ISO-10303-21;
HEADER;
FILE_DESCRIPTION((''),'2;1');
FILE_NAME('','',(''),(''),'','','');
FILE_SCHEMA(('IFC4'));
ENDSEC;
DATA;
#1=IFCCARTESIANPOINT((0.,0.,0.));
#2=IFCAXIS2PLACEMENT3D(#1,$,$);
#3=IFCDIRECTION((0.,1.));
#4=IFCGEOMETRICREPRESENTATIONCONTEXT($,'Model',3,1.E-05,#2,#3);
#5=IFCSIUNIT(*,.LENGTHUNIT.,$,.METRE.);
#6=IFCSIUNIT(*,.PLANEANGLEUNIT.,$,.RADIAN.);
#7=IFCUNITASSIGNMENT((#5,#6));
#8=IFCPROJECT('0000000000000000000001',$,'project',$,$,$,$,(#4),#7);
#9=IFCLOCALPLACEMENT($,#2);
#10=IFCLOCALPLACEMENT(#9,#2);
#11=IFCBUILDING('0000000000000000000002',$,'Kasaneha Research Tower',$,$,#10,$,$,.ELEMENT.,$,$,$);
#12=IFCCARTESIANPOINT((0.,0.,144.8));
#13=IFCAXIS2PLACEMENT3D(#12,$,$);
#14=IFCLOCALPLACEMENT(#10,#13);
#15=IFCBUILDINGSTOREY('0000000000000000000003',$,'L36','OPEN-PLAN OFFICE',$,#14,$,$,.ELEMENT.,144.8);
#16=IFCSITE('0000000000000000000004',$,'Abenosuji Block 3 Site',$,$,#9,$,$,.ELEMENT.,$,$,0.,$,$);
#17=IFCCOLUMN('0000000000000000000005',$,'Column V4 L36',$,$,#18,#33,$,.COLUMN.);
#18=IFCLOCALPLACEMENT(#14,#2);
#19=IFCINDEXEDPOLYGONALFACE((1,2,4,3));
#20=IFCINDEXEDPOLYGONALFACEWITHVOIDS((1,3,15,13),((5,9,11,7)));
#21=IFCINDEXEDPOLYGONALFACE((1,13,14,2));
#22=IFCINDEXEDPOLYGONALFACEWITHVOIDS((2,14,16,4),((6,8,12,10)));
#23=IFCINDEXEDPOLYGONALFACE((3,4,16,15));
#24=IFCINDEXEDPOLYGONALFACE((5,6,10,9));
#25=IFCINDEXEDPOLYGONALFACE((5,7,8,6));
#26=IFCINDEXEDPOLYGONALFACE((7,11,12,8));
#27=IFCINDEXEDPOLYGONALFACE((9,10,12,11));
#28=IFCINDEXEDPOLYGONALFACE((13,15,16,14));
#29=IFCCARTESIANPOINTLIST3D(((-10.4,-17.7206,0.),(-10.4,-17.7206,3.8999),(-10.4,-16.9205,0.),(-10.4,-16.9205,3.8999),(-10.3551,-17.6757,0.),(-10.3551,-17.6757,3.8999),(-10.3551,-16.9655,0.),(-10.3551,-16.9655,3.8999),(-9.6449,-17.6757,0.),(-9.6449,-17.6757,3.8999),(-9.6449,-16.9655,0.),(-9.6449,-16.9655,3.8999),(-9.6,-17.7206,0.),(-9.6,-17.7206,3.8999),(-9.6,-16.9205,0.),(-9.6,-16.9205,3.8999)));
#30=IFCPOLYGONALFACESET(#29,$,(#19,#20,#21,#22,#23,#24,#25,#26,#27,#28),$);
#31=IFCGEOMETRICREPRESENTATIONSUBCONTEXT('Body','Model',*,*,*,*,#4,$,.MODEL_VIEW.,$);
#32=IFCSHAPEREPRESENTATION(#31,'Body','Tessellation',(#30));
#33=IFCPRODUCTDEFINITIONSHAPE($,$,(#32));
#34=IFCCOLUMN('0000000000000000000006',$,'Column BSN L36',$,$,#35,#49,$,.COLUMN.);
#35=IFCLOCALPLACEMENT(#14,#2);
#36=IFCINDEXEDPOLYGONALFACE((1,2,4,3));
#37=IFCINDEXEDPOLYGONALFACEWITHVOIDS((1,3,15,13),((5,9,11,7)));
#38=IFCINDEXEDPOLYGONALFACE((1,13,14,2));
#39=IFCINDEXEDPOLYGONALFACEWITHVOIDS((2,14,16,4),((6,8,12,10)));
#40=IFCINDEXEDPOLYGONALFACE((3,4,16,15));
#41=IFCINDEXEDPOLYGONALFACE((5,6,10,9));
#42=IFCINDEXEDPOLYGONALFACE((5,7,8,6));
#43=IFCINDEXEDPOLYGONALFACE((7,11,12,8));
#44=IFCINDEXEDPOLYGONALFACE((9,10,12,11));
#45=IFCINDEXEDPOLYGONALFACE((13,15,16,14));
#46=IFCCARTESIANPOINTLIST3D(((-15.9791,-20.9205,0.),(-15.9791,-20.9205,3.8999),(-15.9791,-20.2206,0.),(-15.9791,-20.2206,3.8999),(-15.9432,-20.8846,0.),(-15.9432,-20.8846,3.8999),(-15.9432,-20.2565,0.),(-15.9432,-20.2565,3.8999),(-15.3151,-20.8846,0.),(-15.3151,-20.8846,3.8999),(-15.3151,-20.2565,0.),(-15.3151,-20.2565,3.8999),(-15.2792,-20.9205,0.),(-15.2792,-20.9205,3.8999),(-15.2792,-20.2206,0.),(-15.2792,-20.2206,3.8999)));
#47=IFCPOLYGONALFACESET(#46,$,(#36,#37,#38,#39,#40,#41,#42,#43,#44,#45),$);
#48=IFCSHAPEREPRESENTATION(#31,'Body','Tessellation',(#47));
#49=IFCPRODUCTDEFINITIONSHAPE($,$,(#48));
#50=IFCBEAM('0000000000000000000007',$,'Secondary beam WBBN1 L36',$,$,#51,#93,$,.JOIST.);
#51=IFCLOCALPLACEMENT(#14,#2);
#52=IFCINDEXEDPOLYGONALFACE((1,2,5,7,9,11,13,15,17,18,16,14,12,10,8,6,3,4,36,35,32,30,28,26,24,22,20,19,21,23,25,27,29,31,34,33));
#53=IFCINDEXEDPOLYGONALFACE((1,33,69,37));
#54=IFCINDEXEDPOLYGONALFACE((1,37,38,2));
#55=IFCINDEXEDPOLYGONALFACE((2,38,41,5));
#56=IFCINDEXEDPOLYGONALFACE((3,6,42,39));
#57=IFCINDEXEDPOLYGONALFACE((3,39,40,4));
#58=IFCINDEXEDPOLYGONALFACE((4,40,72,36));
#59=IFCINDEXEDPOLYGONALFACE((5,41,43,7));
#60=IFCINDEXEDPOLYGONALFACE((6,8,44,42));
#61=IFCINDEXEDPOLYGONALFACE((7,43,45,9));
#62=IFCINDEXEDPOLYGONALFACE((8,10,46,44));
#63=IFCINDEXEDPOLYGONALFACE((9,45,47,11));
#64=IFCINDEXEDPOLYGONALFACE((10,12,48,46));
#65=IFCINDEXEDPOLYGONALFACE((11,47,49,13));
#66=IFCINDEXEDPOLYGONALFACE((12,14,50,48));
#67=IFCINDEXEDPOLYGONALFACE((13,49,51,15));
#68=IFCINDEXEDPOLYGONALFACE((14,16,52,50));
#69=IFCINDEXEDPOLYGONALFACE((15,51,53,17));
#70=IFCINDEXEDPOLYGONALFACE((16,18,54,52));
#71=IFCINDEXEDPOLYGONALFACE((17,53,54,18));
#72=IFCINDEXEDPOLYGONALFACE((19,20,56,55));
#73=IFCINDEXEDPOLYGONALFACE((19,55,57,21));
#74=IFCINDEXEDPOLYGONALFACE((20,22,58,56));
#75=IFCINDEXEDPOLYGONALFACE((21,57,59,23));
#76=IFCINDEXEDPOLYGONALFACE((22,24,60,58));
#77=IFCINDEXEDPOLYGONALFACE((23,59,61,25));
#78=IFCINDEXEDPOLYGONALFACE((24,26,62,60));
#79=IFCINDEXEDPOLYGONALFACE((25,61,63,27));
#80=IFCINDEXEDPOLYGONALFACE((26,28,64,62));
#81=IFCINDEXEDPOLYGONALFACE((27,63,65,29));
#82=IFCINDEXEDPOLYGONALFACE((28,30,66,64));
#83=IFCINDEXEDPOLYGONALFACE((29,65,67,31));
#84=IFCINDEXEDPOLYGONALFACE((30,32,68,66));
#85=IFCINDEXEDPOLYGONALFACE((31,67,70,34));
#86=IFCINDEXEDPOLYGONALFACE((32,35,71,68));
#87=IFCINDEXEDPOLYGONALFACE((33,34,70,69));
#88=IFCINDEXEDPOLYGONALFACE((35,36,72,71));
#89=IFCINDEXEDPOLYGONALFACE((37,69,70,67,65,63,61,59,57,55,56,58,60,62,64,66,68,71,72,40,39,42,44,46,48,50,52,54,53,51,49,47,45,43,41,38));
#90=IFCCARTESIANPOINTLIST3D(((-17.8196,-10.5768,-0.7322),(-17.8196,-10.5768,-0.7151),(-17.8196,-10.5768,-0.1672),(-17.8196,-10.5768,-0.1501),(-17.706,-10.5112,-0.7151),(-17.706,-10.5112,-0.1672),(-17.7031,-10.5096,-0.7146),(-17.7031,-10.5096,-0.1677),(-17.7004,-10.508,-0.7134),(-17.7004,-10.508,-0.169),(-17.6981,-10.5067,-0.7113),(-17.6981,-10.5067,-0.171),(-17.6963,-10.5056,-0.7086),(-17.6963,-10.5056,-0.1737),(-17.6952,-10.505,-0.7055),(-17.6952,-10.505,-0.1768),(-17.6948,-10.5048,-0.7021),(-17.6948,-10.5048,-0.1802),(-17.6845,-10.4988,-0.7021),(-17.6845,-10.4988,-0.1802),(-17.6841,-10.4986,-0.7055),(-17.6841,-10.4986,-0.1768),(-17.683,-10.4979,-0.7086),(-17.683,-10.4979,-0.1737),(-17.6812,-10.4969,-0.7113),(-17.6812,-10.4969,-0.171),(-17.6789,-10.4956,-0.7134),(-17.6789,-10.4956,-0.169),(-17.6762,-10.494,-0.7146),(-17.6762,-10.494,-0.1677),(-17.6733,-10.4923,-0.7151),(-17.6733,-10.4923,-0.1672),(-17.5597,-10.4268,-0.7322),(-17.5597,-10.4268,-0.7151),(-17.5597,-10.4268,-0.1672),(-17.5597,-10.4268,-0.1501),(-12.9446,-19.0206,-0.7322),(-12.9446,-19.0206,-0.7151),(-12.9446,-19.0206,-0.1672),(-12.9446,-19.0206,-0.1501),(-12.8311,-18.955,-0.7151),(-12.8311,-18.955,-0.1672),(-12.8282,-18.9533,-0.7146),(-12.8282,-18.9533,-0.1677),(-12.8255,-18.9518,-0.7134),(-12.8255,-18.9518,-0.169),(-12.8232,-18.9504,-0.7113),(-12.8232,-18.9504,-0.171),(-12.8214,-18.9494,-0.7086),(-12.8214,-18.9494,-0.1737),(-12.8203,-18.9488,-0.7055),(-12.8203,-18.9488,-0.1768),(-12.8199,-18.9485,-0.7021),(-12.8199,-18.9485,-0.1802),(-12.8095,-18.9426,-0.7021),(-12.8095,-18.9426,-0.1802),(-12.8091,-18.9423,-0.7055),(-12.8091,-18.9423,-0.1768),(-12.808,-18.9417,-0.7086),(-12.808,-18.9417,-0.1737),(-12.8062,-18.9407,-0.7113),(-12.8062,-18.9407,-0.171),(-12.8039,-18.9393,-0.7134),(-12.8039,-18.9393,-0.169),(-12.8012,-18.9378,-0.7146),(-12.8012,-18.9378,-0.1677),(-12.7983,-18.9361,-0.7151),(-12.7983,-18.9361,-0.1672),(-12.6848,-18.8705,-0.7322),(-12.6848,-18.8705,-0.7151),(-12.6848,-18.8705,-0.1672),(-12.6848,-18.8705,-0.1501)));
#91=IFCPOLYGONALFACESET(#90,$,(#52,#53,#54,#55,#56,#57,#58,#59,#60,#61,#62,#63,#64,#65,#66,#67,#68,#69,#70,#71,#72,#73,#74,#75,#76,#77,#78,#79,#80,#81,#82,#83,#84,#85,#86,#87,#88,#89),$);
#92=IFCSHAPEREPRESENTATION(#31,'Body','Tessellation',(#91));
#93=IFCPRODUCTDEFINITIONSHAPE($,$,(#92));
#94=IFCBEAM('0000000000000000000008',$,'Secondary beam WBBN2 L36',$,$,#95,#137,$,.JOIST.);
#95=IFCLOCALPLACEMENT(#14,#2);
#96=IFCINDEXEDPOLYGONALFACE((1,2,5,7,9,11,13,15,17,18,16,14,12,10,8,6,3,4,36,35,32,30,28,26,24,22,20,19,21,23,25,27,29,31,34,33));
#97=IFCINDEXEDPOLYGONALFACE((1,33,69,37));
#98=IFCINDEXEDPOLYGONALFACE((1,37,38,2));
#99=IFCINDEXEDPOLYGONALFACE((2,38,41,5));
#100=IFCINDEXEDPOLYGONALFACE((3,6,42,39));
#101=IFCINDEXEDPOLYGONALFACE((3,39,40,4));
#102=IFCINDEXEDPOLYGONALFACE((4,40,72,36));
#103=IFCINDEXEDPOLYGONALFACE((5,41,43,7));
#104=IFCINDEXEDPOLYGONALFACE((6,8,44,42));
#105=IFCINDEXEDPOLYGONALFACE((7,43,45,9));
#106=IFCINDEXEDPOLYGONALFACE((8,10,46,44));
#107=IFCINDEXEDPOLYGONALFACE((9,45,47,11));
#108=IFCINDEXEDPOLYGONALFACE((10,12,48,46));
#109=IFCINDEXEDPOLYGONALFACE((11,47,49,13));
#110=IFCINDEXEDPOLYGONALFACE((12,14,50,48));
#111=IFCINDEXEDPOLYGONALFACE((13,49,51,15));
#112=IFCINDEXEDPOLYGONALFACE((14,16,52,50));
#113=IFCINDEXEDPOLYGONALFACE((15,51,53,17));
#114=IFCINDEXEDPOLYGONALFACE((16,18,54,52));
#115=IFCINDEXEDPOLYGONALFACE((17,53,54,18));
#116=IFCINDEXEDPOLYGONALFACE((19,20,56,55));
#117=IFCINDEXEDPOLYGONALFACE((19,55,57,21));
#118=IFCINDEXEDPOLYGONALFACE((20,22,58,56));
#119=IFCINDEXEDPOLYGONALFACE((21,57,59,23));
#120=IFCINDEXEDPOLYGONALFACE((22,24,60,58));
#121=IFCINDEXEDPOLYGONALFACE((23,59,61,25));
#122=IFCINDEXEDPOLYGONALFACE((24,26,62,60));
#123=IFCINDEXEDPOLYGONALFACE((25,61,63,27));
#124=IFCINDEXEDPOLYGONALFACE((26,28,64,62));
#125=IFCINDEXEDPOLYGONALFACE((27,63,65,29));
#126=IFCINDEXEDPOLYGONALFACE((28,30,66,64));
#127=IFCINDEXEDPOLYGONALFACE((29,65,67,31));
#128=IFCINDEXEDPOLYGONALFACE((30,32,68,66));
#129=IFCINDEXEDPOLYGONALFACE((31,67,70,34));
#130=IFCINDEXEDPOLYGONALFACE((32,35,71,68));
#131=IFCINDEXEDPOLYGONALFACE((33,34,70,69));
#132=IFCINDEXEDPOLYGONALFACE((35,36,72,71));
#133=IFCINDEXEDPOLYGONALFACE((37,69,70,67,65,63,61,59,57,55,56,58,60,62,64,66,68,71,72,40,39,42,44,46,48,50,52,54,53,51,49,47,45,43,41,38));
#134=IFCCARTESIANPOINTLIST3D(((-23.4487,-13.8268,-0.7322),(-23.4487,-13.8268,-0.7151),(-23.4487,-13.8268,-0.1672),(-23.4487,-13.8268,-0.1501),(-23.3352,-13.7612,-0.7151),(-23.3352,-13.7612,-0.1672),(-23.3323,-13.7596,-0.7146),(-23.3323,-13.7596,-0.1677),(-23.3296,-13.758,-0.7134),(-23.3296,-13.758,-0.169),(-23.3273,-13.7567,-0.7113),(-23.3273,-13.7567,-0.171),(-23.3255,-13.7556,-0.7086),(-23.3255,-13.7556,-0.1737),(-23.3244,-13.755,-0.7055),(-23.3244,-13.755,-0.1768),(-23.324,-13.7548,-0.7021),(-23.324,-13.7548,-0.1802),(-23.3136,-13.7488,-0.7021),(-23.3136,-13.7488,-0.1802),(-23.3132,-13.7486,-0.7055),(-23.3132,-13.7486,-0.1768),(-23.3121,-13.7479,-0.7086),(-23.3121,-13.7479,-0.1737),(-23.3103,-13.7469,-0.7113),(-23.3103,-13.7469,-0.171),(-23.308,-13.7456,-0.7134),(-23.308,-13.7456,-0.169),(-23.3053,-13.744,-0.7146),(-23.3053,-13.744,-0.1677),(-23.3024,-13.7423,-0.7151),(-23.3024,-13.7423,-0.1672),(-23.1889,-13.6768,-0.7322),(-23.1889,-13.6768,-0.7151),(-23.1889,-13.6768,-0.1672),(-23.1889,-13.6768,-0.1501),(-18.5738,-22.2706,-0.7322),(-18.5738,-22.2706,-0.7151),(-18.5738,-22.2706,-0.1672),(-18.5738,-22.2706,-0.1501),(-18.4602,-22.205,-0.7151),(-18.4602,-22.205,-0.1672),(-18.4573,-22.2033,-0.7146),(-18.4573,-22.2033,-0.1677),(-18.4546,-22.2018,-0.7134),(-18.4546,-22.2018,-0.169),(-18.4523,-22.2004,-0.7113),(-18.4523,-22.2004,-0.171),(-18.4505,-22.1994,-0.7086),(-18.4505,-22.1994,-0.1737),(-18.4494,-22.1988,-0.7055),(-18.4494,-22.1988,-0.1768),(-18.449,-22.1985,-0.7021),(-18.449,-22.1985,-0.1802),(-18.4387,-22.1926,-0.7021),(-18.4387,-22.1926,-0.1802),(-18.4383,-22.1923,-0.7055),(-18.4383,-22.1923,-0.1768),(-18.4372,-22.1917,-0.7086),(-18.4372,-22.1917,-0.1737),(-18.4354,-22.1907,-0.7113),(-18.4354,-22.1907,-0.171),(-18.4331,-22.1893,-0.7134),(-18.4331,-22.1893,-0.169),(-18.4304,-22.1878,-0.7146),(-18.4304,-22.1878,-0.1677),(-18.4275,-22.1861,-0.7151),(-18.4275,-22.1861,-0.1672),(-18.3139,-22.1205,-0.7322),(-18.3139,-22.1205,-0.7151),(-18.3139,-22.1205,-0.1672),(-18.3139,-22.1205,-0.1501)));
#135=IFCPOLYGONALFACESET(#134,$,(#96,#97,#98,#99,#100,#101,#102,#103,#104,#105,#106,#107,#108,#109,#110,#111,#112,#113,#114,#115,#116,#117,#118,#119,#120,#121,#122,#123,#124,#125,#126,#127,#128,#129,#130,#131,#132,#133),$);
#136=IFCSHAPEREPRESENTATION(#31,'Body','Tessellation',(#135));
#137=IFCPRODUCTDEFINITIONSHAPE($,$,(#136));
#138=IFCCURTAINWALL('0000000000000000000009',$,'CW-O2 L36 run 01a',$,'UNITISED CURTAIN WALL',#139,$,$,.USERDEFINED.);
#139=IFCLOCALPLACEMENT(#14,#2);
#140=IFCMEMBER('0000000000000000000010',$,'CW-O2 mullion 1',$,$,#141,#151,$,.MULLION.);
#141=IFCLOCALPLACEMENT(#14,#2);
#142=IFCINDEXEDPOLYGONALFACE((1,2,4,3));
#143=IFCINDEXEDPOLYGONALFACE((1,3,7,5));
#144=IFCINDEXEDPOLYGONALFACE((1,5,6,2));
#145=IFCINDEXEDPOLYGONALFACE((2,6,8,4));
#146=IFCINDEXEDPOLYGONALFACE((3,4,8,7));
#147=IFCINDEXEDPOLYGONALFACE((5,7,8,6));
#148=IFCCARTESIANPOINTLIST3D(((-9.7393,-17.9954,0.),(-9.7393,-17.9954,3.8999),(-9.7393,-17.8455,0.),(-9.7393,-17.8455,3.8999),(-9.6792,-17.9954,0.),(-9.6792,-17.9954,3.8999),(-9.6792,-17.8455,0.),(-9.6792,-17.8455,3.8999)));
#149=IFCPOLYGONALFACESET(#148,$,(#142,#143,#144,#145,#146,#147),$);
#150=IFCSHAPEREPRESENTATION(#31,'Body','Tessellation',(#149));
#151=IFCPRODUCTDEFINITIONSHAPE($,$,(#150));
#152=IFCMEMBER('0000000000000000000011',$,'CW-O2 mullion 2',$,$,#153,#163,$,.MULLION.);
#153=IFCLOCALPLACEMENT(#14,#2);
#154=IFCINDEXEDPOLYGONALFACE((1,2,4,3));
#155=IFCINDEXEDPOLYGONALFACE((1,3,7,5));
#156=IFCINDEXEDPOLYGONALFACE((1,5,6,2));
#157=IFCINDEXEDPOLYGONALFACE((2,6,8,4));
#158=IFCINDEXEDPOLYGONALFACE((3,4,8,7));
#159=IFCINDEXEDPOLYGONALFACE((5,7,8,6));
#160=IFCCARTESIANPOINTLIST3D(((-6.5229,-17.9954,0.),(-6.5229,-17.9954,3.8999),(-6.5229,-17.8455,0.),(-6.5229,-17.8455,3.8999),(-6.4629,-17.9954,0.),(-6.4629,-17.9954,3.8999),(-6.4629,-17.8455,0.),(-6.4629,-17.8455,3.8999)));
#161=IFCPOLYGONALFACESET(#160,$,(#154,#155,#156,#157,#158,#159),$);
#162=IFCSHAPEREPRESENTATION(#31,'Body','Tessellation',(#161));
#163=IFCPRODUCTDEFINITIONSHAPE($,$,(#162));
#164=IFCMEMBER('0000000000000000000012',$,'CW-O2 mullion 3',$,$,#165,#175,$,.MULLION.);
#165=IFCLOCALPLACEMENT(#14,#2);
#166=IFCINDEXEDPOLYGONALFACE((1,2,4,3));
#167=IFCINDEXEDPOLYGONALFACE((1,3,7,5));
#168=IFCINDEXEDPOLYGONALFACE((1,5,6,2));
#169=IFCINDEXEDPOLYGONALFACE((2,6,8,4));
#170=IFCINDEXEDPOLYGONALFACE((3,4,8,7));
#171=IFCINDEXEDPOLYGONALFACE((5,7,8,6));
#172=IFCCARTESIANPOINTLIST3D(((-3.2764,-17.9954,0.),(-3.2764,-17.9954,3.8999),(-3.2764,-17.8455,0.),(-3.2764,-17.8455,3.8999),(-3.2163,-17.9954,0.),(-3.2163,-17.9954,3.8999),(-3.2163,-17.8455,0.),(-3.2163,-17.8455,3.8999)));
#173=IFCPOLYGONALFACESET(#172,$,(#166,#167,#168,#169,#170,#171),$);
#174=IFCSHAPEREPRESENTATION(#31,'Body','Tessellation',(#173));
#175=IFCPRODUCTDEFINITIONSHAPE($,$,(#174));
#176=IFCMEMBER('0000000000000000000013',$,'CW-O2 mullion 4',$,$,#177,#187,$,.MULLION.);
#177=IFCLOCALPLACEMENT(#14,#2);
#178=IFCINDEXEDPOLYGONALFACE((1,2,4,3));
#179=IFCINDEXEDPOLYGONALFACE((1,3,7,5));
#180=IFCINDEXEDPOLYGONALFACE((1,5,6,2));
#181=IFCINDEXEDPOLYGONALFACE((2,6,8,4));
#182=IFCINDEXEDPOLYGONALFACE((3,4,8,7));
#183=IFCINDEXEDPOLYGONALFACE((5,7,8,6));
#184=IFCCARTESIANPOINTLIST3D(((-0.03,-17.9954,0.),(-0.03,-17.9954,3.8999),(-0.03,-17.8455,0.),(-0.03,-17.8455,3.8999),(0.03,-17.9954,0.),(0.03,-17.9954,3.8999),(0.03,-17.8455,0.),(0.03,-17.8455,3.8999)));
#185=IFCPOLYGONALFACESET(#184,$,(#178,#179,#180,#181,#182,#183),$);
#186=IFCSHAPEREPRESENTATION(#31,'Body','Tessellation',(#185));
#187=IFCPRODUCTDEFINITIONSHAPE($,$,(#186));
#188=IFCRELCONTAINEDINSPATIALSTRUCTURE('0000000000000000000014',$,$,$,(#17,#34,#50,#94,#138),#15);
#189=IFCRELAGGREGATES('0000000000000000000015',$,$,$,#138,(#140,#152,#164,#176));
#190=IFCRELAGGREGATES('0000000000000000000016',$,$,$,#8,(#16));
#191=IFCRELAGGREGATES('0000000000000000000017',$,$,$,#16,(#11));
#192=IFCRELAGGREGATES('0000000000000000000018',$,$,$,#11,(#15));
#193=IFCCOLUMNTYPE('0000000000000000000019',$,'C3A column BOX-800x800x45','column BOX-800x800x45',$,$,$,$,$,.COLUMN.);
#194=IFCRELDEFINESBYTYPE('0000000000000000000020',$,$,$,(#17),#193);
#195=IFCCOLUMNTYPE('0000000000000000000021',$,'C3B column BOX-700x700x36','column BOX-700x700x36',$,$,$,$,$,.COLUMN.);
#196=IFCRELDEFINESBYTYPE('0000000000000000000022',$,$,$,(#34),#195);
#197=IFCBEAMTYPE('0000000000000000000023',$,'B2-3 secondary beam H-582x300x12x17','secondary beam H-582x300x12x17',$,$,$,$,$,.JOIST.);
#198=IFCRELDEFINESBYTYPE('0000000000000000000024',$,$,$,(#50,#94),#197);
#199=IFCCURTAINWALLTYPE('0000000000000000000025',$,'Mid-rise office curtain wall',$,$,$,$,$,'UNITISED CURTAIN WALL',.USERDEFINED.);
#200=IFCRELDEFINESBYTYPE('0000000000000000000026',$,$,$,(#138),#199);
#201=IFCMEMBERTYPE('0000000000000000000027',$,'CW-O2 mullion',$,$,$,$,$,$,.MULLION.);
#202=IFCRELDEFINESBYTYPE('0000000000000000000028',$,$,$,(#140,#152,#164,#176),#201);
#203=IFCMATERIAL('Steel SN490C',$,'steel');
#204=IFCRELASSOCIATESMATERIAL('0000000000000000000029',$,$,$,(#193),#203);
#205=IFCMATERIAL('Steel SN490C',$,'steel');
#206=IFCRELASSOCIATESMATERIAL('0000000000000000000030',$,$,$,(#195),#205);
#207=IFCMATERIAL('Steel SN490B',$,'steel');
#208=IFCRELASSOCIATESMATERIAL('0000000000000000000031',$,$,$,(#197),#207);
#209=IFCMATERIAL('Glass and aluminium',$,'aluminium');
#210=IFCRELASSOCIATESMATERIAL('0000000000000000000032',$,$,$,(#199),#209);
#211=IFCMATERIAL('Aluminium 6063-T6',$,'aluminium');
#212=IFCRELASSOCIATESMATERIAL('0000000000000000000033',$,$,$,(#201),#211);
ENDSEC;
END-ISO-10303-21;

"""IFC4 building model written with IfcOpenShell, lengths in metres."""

from ifc_helpers import new_model, si_unit, direction, frame, origin, origin_2d, place, context, subcontext, project, spatial, rectangle, hollow_rectangle, i_section, extrude, material, material_profile, profile_set, type_object, element, aggregate, save


model = new_model("IFC4")

# Units and contexts
model_context = context("Model", 3, precision=1e-05, world=origin(), true_north=direction((0.0, 1.0)))
body_context = subcontext(model_context, "Body", "Model", "MODEL_VIEW")
ifc_project = project(units=[si_unit("LENGTHUNIT", "METRE"), si_unit("PLANEANGLEUNIT", "RADIAN")], contexts=[model_context])

# Site, building, storey
site_placement = place(None, origin())
site = spatial("IfcSite", under=ifc_project, at=site_placement, Name="Abenosuji Block 3 Site", CompositionType="ELEMENT", RefElevation=0.0)
building_placement = place(site_placement, origin())
building = spatial("IfcBuilding", under=site, at=building_placement, Name="Kasaneha Research Tower", CompositionType="ELEMENT")
storey_placement = place(building_placement, frame((0.0, 0.0, 144.8)))
storey = spatial("IfcBuildingStorey", under=building, at=storey_placement, Name="L36", Description="OPEN-PLAN OFFICE", CompositionType="ELEMENT", Elevation=144.8)

# Columns
ifc_material_1 = material(Name="Steel SN490C", Category="steel")
ifc_material_profile_1 = material_profile(ifc_material_1, hollow_rectangle(XDim=0.8, YDim=0.8, WallThickness=0.0449, at=origin_2d()), Name="BOX-800x800x45")
ifc_profile_set_1 = profile_set([ifc_material_profile_1], Name="Steel SN490C")
column_type_1 = type_object("IfcColumnType", Name="C3A column BOX-800x800x45", Description="column BOX-800x800x45", PredefinedType="COLUMN", material=ifc_profile_set_1)
column_1_placement = place(storey_placement, frame((-10.0, -17.3206, 0.0), z_axis=(0.0, 0.0, 1.0), x_axis=(1.0, 0.0, 0.0)))
element("IfcColumn", 1, at=column_1_placement, inside=storey, type_object=column_type_1, Name="Column V4 L36", PredefinedType="COLUMN", context=body_context, shape_type="SweptSolid", body=[
    extrude(hollow_rectangle(XDim=0.8, YDim=0.8, WallThickness=0.0449, at=origin_2d()), origin(), (0.0, 0.0, 1.0), 3.8999),
])
ifc_material_2 = material(Name="Steel SN490C", Category="steel")
ifc_material_profile_2 = material_profile(ifc_material_2, hollow_rectangle(XDim=0.7, YDim=0.7, WallThickness=0.0359, at=origin_2d()), Name="BOX-700x700x36")
ifc_profile_set_2 = profile_set([ifc_material_profile_2], Name="Steel SN490C")
column_type_2 = type_object("IfcColumnType", Name="C3B column BOX-700x700x36", Description="column BOX-700x700x36", PredefinedType="COLUMN", material=ifc_profile_set_2)
column_2_placement = place(storey_placement, frame((-15.6292, -20.5706, 0.0), z_axis=(0.0, 0.0, 1.0), x_axis=(1.0, 0.0, 0.0)))
element("IfcColumn", 2, at=column_2_placement, inside=storey, type_object=column_type_2, Name="Column BSN L36", PredefinedType="COLUMN", context=body_context, shape_type="SweptSolid", body=[
    extrude(hollow_rectangle(XDim=0.7, YDim=0.7, WallThickness=0.0359, at=origin_2d()), origin(), (0.0, 0.0, 1.0), 3.8999),
])

# Beams
ifc_material_3 = material(Name="Steel SN490B", Category="steel")
ifc_material_profile_3 = material_profile(ifc_material_3, i_section(OverallWidth=0.3, OverallDepth=0.582, WebThickness=0.012, FlangeThickness=0.0171, FilletRadius=0.0129, at=origin_2d()), Name="H-582x300x12x17")
ifc_profile_set_3 = profile_set([ifc_material_profile_3], Name="Steel SN490B")
beam_type_1 = type_object("IfcBeamType", Name="B2-3 secondary beam H-582x300x12x17", Description="secondary beam H-582x300x12x17", PredefinedType="JOIST", material=ifc_profile_set_3)
for number, where, z_axis, x_axis, name in (
    (3, (-12.8147, -18.9456, -0.4412), (-0.499996, 0.866028, 0.0), (-0.866028, -0.499996, 0.0), "Secondary beam WBBN1 L36"),
    (4, (-18.4438, -22.1956, -0.4412), (-0.499996, 0.866028, 0.0), (-0.866028, -0.499996, 0.0), "Secondary beam WBBN2 L36"),
):
    element("IfcBeam", number, at=place(storey_placement, frame(where, z_axis=z_axis, x_axis=x_axis)), inside=storey, type_object=beam_type_1, Name=name, PredefinedType="JOIST", context=body_context, shape_type="SweptSolid", body=[
        extrude(i_section(OverallWidth=0.3, OverallDepth=0.582, WebThickness=0.012, FlangeThickness=0.0171, FilletRadius=0.0129, at=origin_2d()), origin(), (0.0, 0.0, 1.0), 9.75),
    ])

# Curtain wall, members
ifc_material_4 = material(Name="Glass and aluminium", Category="aluminium")
curtain_wall_type = type_object("IfcCurtainWallType", Name="Mid-rise office curtain wall", ElementType="UNITISED CURTAIN WALL", PredefinedType="USERDEFINED", material=ifc_material_4)
curtain_wall_1_placement = place(storey_placement, origin())
curtain_wall_1 = element("IfcCurtainWall", 5, at=curtain_wall_1_placement, inside=storey, type_object=curtain_wall_type, Name="CW-O2 L36 run 01a", ObjectType="UNITISED CURTAIN WALL", PredefinedType="USERDEFINED")
ifc_material_5 = material(Name="Aluminium 6063-T6", Category="aluminium")
ifc_material_profile_4 = material_profile(ifc_material_5, rectangle(XDim=0.0601, YDim=0.1499, at=origin_2d()), Name="CW-O2 mullion 60x150")
ifc_profile_set_4 = profile_set([ifc_material_profile_4], Name="Aluminium 6063-T6")
member_type_1 = type_object("IfcMemberType", Name="CW-O2 mullion", PredefinedType="MULLION", material=ifc_profile_set_4)
member_1_placement = place(storey_placement, frame((-9.7092, -17.9204, 0.0), z_axis=(0.0, 0.0, 1.0), x_axis=(1.0, 0.0, 0.0)))
member_1 = element("IfcMember", 6, at=member_1_placement, type_object=member_type_1, Name="CW-O2 mullion 1", PredefinedType="MULLION", context=body_context, shape_type="SweptSolid", body=[
    extrude(rectangle(XDim=0.0601, YDim=0.1499, at=origin_2d()), origin(), (0.0, 0.0, 1.0), 3.8999),
])
member_2_placement = place(storey_placement, frame((-6.4929, -17.9204, 0.0), z_axis=(0.0, 0.0, 1.0), x_axis=(1.0, 0.0, 0.0)))
member_2 = element("IfcMember", 7, at=member_2_placement, type_object=member_type_1, Name="CW-O2 mullion 2", PredefinedType="MULLION", context=body_context, shape_type="SweptSolid", body=[
    extrude(rectangle(XDim=0.0601, YDim=0.1499, at=origin_2d()), origin(), (0.0, 0.0, 1.0), 3.8999),
])
member_3_placement = place(storey_placement, frame((-3.2463, -17.9204, 0.0), z_axis=(0.0, 0.0, 1.0), x_axis=(1.0, 0.0, 0.0)))
member_3 = element("IfcMember", 8, at=member_3_placement, type_object=member_type_1, Name="CW-O2 mullion 3", PredefinedType="MULLION", context=body_context, shape_type="SweptSolid", body=[
    extrude(rectangle(XDim=0.0601, YDim=0.1499, at=origin_2d()), origin(), (0.0, 0.0, 1.0), 3.8999),
])
member_4_placement = place(storey_placement, frame((0.0, -17.9204, 0.0), z_axis=(0.0, 0.0, 1.0), x_axis=(1.0, 0.0, 0.0)))
member_4 = element("IfcMember", 9, at=member_4_placement, type_object=member_type_1, Name="CW-O2 mullion 4", PredefinedType="MULLION", context=body_context, shape_type="SweptSolid", body=[
    extrude(rectangle(XDim=0.0601, YDim=0.1499, at=origin_2d()), origin(), (0.0, 0.0, 1.0), 3.8999),
])

aggregate(curtain_wall_1, [member_1, member_2, member_3, member_4])

save(model, "model.ifc")
